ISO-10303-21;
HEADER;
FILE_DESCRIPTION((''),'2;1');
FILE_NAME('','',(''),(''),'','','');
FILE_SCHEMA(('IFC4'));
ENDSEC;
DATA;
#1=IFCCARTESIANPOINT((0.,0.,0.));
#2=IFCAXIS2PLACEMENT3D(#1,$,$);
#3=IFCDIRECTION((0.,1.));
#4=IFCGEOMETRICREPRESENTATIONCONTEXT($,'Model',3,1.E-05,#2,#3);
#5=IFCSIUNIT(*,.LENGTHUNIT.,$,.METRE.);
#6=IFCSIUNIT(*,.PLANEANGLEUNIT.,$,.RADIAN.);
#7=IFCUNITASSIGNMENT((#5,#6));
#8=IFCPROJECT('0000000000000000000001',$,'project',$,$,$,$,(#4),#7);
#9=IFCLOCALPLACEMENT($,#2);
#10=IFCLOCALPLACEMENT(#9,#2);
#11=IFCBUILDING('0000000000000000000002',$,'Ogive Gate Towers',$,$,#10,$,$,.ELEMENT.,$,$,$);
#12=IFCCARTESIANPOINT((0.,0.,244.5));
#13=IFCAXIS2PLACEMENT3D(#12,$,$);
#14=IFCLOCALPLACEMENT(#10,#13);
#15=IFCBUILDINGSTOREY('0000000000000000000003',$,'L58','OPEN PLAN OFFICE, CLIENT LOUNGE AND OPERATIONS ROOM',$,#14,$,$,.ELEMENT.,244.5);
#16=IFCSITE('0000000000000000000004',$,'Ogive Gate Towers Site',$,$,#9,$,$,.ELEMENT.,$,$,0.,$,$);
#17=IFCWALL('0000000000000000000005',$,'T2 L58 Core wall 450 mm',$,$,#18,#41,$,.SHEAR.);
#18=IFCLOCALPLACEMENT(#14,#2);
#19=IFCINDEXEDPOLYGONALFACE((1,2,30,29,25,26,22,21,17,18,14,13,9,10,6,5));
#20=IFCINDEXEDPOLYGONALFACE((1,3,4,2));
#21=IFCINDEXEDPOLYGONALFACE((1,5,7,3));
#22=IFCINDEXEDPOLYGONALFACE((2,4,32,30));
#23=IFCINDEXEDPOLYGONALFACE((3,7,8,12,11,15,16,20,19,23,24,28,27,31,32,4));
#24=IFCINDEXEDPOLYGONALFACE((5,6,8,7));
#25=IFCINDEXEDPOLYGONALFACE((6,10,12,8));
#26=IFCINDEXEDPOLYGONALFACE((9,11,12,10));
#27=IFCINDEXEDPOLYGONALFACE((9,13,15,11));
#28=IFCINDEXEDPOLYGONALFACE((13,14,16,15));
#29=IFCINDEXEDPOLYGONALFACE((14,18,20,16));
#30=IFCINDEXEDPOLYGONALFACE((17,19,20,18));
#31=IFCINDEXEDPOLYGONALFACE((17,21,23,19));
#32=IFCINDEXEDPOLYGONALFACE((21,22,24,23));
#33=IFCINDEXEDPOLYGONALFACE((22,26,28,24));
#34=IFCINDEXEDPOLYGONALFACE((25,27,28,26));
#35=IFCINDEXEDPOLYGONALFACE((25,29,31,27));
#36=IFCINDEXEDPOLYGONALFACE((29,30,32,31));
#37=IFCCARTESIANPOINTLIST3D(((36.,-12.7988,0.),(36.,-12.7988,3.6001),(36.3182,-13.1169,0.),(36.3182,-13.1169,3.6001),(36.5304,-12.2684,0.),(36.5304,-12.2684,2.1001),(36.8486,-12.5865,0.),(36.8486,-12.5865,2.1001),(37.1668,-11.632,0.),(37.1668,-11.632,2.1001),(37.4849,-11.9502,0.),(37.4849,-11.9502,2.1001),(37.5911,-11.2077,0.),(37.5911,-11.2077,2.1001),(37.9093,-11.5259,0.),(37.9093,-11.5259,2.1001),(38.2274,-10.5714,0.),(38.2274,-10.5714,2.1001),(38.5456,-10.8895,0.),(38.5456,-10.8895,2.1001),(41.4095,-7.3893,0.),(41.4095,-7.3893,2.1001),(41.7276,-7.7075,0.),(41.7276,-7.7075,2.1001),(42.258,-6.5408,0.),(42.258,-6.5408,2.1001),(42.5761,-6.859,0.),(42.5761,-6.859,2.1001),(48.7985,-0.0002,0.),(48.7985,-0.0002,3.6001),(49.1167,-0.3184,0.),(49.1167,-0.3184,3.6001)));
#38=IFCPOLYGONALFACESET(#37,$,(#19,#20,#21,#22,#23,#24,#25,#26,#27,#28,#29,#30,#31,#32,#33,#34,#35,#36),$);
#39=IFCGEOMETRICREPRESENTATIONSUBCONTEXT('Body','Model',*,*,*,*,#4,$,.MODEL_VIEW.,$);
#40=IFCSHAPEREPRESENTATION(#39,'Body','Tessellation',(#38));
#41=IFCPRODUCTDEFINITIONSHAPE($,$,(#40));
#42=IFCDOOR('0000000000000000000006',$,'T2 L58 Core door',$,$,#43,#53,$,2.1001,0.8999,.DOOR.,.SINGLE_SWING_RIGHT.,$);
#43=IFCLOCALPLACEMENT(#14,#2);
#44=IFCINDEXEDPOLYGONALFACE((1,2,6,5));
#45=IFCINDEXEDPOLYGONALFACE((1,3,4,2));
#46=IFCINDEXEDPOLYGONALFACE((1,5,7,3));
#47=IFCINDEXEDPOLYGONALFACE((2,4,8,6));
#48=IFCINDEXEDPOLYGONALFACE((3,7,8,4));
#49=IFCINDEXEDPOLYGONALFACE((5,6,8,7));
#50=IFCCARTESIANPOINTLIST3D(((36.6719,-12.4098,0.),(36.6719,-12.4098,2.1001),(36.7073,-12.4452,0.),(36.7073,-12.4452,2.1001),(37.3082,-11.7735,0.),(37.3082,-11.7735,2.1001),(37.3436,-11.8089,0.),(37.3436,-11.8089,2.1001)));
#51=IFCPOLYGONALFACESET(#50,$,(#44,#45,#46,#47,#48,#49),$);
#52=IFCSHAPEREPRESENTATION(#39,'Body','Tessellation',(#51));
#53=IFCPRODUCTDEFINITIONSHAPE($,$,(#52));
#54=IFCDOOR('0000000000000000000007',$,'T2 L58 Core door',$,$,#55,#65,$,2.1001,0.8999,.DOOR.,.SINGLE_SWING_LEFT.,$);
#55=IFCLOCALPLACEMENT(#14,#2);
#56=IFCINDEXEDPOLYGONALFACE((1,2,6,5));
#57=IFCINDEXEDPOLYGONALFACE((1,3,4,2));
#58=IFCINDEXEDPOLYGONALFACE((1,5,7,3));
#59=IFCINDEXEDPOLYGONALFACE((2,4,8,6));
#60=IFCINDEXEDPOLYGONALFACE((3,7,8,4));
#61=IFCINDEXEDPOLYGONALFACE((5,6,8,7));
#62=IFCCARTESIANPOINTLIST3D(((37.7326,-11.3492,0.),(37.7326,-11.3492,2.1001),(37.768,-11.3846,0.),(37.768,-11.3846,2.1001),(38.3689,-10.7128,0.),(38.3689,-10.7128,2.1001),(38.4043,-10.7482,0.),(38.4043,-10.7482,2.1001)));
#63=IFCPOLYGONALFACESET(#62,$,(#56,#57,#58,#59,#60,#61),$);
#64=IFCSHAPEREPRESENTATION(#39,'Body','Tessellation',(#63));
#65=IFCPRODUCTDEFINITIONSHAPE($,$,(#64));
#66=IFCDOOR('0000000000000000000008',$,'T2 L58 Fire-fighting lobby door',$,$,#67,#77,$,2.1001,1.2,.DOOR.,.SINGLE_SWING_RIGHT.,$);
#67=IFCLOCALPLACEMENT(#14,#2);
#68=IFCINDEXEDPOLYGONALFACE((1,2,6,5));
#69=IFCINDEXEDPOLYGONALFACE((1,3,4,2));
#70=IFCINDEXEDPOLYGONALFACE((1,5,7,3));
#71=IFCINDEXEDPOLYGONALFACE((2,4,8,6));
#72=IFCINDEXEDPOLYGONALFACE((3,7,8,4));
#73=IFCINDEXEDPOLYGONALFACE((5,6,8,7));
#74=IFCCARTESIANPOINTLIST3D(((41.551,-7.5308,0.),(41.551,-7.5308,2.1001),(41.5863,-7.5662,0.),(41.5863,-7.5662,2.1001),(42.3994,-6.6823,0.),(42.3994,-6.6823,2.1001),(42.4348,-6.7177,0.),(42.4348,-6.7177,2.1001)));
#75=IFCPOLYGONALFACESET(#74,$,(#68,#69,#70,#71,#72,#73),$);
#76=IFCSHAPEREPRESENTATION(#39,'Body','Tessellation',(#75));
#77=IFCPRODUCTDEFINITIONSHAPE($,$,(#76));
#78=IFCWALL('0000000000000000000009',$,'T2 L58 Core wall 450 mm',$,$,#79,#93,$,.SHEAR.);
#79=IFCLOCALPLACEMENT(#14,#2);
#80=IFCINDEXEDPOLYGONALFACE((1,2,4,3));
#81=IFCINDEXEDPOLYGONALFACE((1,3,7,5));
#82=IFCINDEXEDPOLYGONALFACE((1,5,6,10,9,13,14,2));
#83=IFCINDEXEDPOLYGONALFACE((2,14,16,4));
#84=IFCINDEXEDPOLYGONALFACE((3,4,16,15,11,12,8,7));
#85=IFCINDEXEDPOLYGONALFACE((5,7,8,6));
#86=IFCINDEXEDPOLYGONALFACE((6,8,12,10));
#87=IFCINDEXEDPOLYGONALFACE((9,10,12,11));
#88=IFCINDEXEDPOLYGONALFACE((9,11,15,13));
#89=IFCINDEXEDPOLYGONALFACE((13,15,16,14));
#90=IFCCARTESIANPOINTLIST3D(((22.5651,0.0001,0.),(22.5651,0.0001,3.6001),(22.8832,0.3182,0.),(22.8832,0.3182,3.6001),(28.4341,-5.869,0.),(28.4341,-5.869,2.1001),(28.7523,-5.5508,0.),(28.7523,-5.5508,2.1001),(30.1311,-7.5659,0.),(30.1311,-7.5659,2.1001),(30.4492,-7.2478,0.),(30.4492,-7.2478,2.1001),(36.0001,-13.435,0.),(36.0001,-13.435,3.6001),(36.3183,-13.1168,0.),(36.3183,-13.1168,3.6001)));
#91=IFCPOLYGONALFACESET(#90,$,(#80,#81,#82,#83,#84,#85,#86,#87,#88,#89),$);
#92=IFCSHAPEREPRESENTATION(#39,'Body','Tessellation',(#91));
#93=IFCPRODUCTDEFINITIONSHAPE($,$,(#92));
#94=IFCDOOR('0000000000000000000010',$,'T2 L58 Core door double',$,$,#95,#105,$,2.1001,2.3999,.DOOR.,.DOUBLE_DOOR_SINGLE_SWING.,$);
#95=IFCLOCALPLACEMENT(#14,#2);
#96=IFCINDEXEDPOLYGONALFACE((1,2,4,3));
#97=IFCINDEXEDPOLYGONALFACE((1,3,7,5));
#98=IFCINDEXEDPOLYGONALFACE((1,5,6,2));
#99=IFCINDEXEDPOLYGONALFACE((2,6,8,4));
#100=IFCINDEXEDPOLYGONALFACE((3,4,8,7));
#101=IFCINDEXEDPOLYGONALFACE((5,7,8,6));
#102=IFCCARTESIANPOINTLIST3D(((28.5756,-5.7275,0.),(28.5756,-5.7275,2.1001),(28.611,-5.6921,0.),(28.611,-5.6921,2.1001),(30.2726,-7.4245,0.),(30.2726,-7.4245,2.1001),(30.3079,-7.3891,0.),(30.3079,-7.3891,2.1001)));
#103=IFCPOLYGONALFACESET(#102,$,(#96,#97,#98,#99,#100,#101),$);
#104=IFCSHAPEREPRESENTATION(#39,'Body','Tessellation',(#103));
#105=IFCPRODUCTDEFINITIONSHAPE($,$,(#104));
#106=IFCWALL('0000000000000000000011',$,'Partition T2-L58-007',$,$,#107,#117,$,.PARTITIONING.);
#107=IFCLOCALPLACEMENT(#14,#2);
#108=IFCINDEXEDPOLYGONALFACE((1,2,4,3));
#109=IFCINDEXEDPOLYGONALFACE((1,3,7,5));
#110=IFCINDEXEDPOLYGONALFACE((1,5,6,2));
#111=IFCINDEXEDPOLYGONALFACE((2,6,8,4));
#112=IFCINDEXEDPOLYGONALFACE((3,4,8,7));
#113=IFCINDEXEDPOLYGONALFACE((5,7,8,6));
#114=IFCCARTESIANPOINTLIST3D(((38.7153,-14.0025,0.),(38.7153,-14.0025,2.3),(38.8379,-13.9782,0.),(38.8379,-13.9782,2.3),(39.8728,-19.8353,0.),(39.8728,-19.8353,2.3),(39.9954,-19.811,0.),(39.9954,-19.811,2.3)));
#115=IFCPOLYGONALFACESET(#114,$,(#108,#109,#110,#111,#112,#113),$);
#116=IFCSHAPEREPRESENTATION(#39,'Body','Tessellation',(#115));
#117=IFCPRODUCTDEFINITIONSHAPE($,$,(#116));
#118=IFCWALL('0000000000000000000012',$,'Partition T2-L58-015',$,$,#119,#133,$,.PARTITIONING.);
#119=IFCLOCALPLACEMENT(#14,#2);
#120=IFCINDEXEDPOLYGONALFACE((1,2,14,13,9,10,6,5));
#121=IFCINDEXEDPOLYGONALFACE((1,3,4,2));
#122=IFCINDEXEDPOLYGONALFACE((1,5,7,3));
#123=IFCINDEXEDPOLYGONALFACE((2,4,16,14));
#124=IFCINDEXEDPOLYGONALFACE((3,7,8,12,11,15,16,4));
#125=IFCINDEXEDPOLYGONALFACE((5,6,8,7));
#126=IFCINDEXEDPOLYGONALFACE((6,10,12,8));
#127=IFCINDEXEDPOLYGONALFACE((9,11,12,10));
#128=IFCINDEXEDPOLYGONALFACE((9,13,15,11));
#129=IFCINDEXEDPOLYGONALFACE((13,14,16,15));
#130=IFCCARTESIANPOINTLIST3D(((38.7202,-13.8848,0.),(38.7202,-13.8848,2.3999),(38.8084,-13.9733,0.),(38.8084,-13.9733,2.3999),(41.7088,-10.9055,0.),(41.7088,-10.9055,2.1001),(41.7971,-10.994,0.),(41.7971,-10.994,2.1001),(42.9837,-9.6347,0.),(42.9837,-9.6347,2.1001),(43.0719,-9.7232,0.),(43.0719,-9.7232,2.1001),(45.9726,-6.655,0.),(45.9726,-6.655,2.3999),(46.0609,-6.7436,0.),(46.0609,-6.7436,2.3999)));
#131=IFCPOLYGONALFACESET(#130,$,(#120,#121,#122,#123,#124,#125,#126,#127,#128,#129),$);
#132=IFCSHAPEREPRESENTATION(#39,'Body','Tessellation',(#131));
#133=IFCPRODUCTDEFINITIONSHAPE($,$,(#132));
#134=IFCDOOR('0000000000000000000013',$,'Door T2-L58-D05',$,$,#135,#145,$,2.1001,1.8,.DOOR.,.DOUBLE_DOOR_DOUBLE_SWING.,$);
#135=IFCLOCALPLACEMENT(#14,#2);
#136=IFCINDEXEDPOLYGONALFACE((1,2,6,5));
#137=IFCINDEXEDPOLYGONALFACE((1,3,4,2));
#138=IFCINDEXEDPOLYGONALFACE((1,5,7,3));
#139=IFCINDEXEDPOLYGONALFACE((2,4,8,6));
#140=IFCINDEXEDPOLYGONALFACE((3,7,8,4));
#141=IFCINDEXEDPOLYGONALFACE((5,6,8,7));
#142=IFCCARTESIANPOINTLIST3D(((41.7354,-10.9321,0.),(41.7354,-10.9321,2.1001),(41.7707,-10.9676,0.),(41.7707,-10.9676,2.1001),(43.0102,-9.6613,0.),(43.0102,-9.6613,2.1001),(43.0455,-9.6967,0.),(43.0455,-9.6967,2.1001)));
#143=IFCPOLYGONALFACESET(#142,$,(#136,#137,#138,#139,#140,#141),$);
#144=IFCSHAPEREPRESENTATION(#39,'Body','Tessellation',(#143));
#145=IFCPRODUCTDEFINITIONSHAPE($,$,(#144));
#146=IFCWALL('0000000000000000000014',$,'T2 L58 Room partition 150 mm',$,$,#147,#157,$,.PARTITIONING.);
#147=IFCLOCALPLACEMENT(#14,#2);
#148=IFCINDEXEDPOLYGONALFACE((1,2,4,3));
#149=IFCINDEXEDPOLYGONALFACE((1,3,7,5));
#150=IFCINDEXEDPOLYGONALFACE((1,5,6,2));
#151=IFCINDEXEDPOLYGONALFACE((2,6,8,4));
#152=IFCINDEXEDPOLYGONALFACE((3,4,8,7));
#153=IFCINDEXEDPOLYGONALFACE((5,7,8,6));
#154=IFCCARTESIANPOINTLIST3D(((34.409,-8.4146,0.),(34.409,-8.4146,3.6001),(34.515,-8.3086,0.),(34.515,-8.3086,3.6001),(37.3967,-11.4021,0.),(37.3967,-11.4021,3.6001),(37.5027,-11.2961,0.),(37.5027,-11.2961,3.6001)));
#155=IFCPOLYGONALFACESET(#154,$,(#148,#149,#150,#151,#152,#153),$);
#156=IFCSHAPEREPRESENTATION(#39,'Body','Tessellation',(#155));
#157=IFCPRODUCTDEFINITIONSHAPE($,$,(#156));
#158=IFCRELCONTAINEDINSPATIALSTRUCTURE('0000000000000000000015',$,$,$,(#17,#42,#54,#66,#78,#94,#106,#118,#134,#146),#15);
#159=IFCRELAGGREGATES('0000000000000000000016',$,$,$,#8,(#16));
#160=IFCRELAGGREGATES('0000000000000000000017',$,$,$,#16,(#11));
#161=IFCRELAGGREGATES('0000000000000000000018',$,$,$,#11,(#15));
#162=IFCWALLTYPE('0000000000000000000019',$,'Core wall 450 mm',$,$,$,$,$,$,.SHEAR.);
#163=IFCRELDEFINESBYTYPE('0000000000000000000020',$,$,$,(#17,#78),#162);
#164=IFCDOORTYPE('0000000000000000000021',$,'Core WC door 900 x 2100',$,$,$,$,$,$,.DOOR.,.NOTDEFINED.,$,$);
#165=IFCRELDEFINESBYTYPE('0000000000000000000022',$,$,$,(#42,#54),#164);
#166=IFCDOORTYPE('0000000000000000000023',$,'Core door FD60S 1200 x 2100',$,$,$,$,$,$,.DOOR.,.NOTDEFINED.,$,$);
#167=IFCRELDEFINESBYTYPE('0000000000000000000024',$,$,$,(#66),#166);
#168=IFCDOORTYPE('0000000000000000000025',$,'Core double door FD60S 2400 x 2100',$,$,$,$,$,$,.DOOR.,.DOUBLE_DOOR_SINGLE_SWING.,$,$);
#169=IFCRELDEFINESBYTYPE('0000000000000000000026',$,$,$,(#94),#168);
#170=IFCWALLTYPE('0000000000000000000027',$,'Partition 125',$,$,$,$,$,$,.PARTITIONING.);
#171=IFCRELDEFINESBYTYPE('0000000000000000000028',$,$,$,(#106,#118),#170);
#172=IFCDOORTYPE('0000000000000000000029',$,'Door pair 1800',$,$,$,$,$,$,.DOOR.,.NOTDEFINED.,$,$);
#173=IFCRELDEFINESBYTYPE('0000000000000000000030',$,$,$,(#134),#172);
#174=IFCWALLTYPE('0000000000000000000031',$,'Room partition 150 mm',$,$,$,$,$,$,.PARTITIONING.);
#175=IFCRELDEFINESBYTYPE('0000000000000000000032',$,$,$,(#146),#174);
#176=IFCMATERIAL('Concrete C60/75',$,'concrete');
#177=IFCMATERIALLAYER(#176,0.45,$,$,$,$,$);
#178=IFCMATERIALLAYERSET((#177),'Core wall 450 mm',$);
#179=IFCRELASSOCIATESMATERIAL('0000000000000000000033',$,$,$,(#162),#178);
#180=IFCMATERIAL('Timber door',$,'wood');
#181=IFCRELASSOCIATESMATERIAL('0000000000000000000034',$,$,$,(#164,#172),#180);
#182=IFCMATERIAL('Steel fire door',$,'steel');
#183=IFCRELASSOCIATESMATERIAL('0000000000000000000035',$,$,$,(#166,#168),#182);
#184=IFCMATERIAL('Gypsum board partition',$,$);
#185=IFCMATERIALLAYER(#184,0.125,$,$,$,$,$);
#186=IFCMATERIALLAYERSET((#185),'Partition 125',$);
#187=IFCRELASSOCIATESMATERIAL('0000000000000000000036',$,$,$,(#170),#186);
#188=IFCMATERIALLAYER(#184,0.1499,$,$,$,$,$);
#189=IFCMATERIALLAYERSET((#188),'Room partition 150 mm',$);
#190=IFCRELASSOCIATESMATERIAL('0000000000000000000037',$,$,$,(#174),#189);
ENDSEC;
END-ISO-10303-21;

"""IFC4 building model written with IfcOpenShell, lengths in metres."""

from ifc_helpers import new_model, si_unit, direction, frame, frame_2d, origin, place, context, subcontext, project, spatial, rectangle, extrude, material, layer, layer_set, type_object, element, fill, save


model = new_model("IFC4")

# Units and contexts
model_context = context("Model", 3, precision=1e-05, world=origin(), true_north=direction((0.0, 1.0)))
body_context = subcontext(model_context, "Body", "Model", "MODEL_VIEW")
ifc_project = project(units=[si_unit("LENGTHUNIT", "METRE"), si_unit("PLANEANGLEUNIT", "RADIAN")], contexts=[model_context])

# Site, building, storey
site_placement = place(None, origin())
site = spatial("IfcSite", under=ifc_project, at=site_placement, Name="Ogive Gate Towers Site", CompositionType="ELEMENT", RefElevation=0.0)
building_placement = place(site_placement, origin())
building = spatial("IfcBuilding", under=site, at=building_placement, Name="Ogive Gate Towers", CompositionType="ELEMENT")
storey_placement = place(building_placement, frame((0.0, 0.0, 244.5)))
storey = spatial("IfcBuildingStorey", under=building, at=storey_placement, Name="L58", Description="OPEN PLAN OFFICE, CLIENT LOUNGE AND OPERATIONS ROOM", CompositionType="ELEMENT", Elevation=244.5)

# Wall, openings, doors
ifc_material_1 = material(Name="Concrete C60/75", Category="concrete")
ifc_layer_1 = layer(ifc_material_1, 0.45)
ifc_layer_set_1 = layer_set([ifc_layer_1], Name="Core wall 450 mm")
wall_type_1 = type_object("IfcWallType", Name="Core wall 450 mm", PredefinedType="SHEAR", material=ifc_layer_set_1)
wall_1_placement = place(storey_placement, frame((36.1592, -12.9578, 0.0), z_axis=(0.0, 0.0, 1.0), x_axis=(0.707107, 0.707107, 0.0)))
wall_1 = element("IfcWall", 1, at=wall_1_placement, inside=storey, type_object=wall_type_1, Name="T2 L58 Core wall 450 mm", PredefinedType="SHEAR", context=body_context, shape_type="SweptSolid", body=[
    extrude(rectangle(XDim=18.0999, YDim=0.45, at=frame_2d((9.0498, 0.0))), origin(), (0.0, 0.0, 1.0), 3.6001),
])
opening_1_placement = place(wall_1_placement, frame((7.6499, 0.0, 0.0)))
opening_1 = element("IfcOpeningElement", 2, at=opening_1_placement, cuts=wall_1, PredefinedType="OPENING", context=body_context, shape_type="SweptSolid", body=[
    extrude(rectangle(XDim=1.2, YDim=2.1001, at=frame_2d((0.6001, 1.05))), frame((0.0, 0.2349, 0.0), z_axis=(0.0, -1.0, 0.0), x_axis=(1.0, 0.0, 0.0)), (0.0, 0.0, 1.0), 0.47),
])
opening_2_placement = place(wall_1_placement, frame((0.75, 0.0, 0.0)))
opening_2 = element("IfcOpeningElement", 3, at=opening_2_placement, cuts=wall_1, PredefinedType="OPENING", context=body_context, shape_type="SweptSolid", body=[
    extrude(rectangle(XDim=0.8999, YDim=2.1001, at=frame_2d((0.45, 1.05))), frame((0.0, 0.2349, 0.0), z_axis=(0.0, -1.0, 0.0), x_axis=(1.0, 0.0, 0.0)), (0.0, 0.0, 1.0), 0.47),
])
opening_3_placement = place(wall_1_placement, frame((2.25, 0.0, 0.0)))
opening_3 = element("IfcOpeningElement", 4, at=opening_3_placement, cuts=wall_1, PredefinedType="OPENING", context=body_context, shape_type="SweptSolid", body=[
    extrude(rectangle(XDim=0.8999, YDim=2.1001, at=frame_2d((0.45, 1.05))), frame((0.0, 0.2349, 0.0), z_axis=(0.0, -1.0, 0.0), x_axis=(1.0, 0.0, 0.0)), (0.0, 0.0, 1.0), 0.47),
])
ifc_material_2 = material(Name="Timber door", Category="wood")
door_type_1 = type_object("IfcDoorType", Name="Core WC door 900 x 2100", OperationType="NOTDEFINED", PredefinedType="DOOR", material=ifc_material_2)
door_1_placement = place(opening_2_placement, origin())
door_1 = element("IfcDoor", 5, at=door_1_placement, inside=storey, type_object=door_type_1, Name="T2 L58 Core door", OperationType="SINGLE_SWING_RIGHT", OverallHeight=2.1001, OverallWidth=0.8999, PredefinedType="DOOR", context=body_context, shape_type="SweptSolid", body=[
    extrude(rectangle(XDim=0.8999, YDim=2.1001, at=frame_2d((0.45, 1.05))), frame((0.0, 0.0249, 0.0), z_axis=(0.0, -1.0, 0.0), x_axis=(1.0, 0.0, 0.0)), (0.0, 0.0, 1.0), 0.05),
])
fill(opening_2, door_1)
door_2_placement = place(opening_3_placement, origin())
door_2 = element("IfcDoor", 6, at=door_2_placement, inside=storey, type_object=door_type_1, Name="T2 L58 Core door", OperationType="SINGLE_SWING_LEFT", OverallHeight=2.1001, OverallWidth=0.8999, PredefinedType="DOOR", context=body_context, shape_type="SweptSolid", body=[
    extrude(rectangle(XDim=0.8999, YDim=2.1001, at=frame_2d((0.45, 1.05))), frame((0.0, 0.0249, 0.0), z_axis=(0.0, -1.0, 0.0), x_axis=(1.0, 0.0, 0.0)), (0.0, 0.0, 1.0), 0.05),
])
fill(opening_3, door_2)
ifc_material_3 = material(Name="Steel fire door", Category="steel")
door_type_2 = type_object("IfcDoorType", Name="Core door FD60S 1200 x 2100", OperationType="NOTDEFINED", PredefinedType="DOOR", material=ifc_material_3)
door_3_placement = place(opening_1_placement, origin())
door_3 = element("IfcDoor", 7, at=door_3_placement, inside=storey, type_object=door_type_2, Name="T2 L58 Fire-fighting lobby door", OperationType="SINGLE_SWING_RIGHT", OverallHeight=2.1001, OverallWidth=1.2, PredefinedType="DOOR", context=body_context, shape_type="SweptSolid", body=[
    extrude(rectangle(XDim=1.2, YDim=2.1001, at=frame_2d((0.6001, 1.05))), frame((0.0, 0.0249, 0.0), z_axis=(0.0, -1.0, 0.0), x_axis=(1.0, 0.0, 0.0)), (0.0, 0.0, 1.0), 0.05),
])
fill(opening_1, door_3)

# Wall, opening, door
wall_2_placement = place(storey_placement, frame((36.1592, -13.2759, 0.0), z_axis=(0.0, 0.0, 1.0), x_axis=(-0.707107, 0.707107, 0.0)))
wall_2 = element("IfcWall", 8, at=wall_2_placement, inside=storey, type_object=wall_type_1, Name="T2 L58 Core wall 450 mm", PredefinedType="SHEAR", context=body_context, shape_type="SweptSolid", body=[
    extrude(rectangle(XDim=19.0, YDim=0.45, at=frame_2d((9.5, 0.0))), origin(), (0.0, 0.0, 1.0), 3.6001),
])
opening_4_placement = place(wall_2_placement, frame((8.3, 0.0, 0.0)))
opening_4 = element("IfcOpeningElement", 9, at=opening_4_placement, cuts=wall_2, PredefinedType="OPENING", context=body_context, shape_type="SweptSolid", body=[
    extrude(rectangle(XDim=2.3999, YDim=2.1001, at=frame_2d((1.2, 1.05))), frame((0.0, 0.2349, 0.0), z_axis=(0.0, -1.0, 0.0), x_axis=(1.0, 0.0, 0.0)), (0.0, 0.0, 1.0), 0.47),
])
door_type_3 = type_object("IfcDoorType", Name="Core double door FD60S 2400 x 2100", OperationType="DOUBLE_DOOR_SINGLE_SWING", PredefinedType="DOOR", material=ifc_material_3)
door_4_placement = place(opening_4_placement, origin())
door_4 = element("IfcDoor", 10, at=door_4_placement, inside=storey, type_object=door_type_3, Name="T2 L58 Core door double", OperationType="DOUBLE_DOOR_SINGLE_SWING", OverallHeight=2.1001, OverallWidth=2.3999, PredefinedType="DOOR", context=body_context, shape_type="SweptSolid", body=[
    extrude(rectangle(XDim=2.3999, YDim=2.1001, at=frame_2d((1.2, 1.05))), frame((0.0, 0.0249, 0.0), z_axis=(0.0, -1.0, 0.0), x_axis=(1.0, 0.0, 0.0)), (0.0, 0.0, 1.0), 0.05),
])
fill(opening_4, door_4)

# Wall
ifc_material_4 = material(Name="Gypsum board partition")
ifc_layer_2 = layer(ifc_material_4, 0.125)
ifc_layer_set_2 = layer_set([ifc_layer_2], Name="Partition 125")
wall_type_2 = type_object("IfcWallType", Name="Partition 125", PredefinedType="PARTITIONING", material=ifc_layer_set_2)
wall_3_placement = place(storey_placement, frame((39.9341, -19.823, 0.0), z_axis=(0.0, 0.0, 1.0), x_axis=(-0.194647, 0.980873, 0.0)))
element("IfcWall", 11, at=wall_3_placement, inside=storey, type_object=wall_type_2, Name="Partition T2-L58-007", PredefinedType="PARTITIONING", context=body_context, shape_type="SweptSolid", body=[
    extrude(rectangle(XDim=5.9465, YDim=0.125, at=frame_2d((2.9731, 0.0))), origin(), (0.0, 0.0, 1.0), 2.3),
])

# Wall, opening, door
wall_4_placement = place(storey_placement, frame((38.7644, -13.929, 0.0), z_axis=(0.0, 0.0, 1.0), x_axis=(0.708215, 0.705997, 0.0)))
wall_4 = element("IfcWall", 12, at=wall_4_placement, inside=storey, type_object=wall_type_2, Name="Partition T2-L58-015", PredefinedType="PARTITIONING", context=body_context, shape_type="SweptSolid", body=[
    extrude(rectangle(XDim=10.2405, YDim=0.125, at=frame_2d((5.1201, 0.0))), origin(), (0.0, 0.0, 1.0), 2.3999),
])
opening_5_placement = place(wall_4_placement, frame((4.22, 0.0, 0.0)))
opening_5 = element("IfcOpeningElement", 13, at=opening_5_placement, cuts=wall_4, PredefinedType="OPENING", context=body_context, shape_type="SweptSolid", body=[
    extrude(rectangle(XDim=1.8, YDim=2.1001, at=frame_2d((0.8999, 1.05))), frame((0.0, 0.0725, 0.0), z_axis=(0.0, -1.0, 0.0), x_axis=(1.0, 0.0, 0.0)), (0.0, 0.0, 1.0), 0.145),
])
door_type_4 = type_object("IfcDoorType", Name="Door pair 1800", OperationType="NOTDEFINED", PredefinedType="DOOR", material=ifc_material_2)
door_5_placement = place(opening_5_placement, origin())
door_5 = element("IfcDoor", 14, at=door_5_placement, inside=storey, type_object=door_type_4, Name="Door T2-L58-D05", OperationType="DOUBLE_DOOR_DOUBLE_SWING", OverallHeight=2.1001, OverallWidth=1.8, PredefinedType="DOOR", context=body_context, shape_type="SweptSolid", body=[
    extrude(rectangle(XDim=1.8, YDim=2.1001, at=frame_2d((0.8999, 1.05))), frame((0.0, 0.0249, 0.0), z_axis=(0.0, -1.0, 0.0), x_axis=(1.0, 0.0, 0.0)), (0.0, 0.0, 1.0), 0.05),
])
fill(opening_5, door_5)

# Wall
ifc_layer_3 = layer(ifc_material_4, 0.1499)
ifc_layer_set_3 = layer_set([ifc_layer_3], Name="Room partition 150 mm")
wall_type_3 = type_object("IfcWallType", Name="Room partition 150 mm", PredefinedType="PARTITIONING", material=ifc_layer_set_3)
wall_5_placement = place(storey_placement, frame((37.4497, -11.3491, 0.0), z_axis=(0.0, 0.0, 1.0), x_axis=(-0.707136, 0.707078, 0.0)))
element("IfcWall", 15, at=wall_5_placement, inside=storey, type_object=wall_type_3, Name="T2 L58 Room partition 150 mm", PredefinedType="PARTITIONING", context=body_context, shape_type="SweptSolid", body=[
    extrude(rectangle(XDim=4.2251, YDim=0.1499, at=frame_2d((2.1125, 0.0))), origin(), (0.0, 0.0, 1.0), 3.6001),
])

save(model, "model.ifc")
